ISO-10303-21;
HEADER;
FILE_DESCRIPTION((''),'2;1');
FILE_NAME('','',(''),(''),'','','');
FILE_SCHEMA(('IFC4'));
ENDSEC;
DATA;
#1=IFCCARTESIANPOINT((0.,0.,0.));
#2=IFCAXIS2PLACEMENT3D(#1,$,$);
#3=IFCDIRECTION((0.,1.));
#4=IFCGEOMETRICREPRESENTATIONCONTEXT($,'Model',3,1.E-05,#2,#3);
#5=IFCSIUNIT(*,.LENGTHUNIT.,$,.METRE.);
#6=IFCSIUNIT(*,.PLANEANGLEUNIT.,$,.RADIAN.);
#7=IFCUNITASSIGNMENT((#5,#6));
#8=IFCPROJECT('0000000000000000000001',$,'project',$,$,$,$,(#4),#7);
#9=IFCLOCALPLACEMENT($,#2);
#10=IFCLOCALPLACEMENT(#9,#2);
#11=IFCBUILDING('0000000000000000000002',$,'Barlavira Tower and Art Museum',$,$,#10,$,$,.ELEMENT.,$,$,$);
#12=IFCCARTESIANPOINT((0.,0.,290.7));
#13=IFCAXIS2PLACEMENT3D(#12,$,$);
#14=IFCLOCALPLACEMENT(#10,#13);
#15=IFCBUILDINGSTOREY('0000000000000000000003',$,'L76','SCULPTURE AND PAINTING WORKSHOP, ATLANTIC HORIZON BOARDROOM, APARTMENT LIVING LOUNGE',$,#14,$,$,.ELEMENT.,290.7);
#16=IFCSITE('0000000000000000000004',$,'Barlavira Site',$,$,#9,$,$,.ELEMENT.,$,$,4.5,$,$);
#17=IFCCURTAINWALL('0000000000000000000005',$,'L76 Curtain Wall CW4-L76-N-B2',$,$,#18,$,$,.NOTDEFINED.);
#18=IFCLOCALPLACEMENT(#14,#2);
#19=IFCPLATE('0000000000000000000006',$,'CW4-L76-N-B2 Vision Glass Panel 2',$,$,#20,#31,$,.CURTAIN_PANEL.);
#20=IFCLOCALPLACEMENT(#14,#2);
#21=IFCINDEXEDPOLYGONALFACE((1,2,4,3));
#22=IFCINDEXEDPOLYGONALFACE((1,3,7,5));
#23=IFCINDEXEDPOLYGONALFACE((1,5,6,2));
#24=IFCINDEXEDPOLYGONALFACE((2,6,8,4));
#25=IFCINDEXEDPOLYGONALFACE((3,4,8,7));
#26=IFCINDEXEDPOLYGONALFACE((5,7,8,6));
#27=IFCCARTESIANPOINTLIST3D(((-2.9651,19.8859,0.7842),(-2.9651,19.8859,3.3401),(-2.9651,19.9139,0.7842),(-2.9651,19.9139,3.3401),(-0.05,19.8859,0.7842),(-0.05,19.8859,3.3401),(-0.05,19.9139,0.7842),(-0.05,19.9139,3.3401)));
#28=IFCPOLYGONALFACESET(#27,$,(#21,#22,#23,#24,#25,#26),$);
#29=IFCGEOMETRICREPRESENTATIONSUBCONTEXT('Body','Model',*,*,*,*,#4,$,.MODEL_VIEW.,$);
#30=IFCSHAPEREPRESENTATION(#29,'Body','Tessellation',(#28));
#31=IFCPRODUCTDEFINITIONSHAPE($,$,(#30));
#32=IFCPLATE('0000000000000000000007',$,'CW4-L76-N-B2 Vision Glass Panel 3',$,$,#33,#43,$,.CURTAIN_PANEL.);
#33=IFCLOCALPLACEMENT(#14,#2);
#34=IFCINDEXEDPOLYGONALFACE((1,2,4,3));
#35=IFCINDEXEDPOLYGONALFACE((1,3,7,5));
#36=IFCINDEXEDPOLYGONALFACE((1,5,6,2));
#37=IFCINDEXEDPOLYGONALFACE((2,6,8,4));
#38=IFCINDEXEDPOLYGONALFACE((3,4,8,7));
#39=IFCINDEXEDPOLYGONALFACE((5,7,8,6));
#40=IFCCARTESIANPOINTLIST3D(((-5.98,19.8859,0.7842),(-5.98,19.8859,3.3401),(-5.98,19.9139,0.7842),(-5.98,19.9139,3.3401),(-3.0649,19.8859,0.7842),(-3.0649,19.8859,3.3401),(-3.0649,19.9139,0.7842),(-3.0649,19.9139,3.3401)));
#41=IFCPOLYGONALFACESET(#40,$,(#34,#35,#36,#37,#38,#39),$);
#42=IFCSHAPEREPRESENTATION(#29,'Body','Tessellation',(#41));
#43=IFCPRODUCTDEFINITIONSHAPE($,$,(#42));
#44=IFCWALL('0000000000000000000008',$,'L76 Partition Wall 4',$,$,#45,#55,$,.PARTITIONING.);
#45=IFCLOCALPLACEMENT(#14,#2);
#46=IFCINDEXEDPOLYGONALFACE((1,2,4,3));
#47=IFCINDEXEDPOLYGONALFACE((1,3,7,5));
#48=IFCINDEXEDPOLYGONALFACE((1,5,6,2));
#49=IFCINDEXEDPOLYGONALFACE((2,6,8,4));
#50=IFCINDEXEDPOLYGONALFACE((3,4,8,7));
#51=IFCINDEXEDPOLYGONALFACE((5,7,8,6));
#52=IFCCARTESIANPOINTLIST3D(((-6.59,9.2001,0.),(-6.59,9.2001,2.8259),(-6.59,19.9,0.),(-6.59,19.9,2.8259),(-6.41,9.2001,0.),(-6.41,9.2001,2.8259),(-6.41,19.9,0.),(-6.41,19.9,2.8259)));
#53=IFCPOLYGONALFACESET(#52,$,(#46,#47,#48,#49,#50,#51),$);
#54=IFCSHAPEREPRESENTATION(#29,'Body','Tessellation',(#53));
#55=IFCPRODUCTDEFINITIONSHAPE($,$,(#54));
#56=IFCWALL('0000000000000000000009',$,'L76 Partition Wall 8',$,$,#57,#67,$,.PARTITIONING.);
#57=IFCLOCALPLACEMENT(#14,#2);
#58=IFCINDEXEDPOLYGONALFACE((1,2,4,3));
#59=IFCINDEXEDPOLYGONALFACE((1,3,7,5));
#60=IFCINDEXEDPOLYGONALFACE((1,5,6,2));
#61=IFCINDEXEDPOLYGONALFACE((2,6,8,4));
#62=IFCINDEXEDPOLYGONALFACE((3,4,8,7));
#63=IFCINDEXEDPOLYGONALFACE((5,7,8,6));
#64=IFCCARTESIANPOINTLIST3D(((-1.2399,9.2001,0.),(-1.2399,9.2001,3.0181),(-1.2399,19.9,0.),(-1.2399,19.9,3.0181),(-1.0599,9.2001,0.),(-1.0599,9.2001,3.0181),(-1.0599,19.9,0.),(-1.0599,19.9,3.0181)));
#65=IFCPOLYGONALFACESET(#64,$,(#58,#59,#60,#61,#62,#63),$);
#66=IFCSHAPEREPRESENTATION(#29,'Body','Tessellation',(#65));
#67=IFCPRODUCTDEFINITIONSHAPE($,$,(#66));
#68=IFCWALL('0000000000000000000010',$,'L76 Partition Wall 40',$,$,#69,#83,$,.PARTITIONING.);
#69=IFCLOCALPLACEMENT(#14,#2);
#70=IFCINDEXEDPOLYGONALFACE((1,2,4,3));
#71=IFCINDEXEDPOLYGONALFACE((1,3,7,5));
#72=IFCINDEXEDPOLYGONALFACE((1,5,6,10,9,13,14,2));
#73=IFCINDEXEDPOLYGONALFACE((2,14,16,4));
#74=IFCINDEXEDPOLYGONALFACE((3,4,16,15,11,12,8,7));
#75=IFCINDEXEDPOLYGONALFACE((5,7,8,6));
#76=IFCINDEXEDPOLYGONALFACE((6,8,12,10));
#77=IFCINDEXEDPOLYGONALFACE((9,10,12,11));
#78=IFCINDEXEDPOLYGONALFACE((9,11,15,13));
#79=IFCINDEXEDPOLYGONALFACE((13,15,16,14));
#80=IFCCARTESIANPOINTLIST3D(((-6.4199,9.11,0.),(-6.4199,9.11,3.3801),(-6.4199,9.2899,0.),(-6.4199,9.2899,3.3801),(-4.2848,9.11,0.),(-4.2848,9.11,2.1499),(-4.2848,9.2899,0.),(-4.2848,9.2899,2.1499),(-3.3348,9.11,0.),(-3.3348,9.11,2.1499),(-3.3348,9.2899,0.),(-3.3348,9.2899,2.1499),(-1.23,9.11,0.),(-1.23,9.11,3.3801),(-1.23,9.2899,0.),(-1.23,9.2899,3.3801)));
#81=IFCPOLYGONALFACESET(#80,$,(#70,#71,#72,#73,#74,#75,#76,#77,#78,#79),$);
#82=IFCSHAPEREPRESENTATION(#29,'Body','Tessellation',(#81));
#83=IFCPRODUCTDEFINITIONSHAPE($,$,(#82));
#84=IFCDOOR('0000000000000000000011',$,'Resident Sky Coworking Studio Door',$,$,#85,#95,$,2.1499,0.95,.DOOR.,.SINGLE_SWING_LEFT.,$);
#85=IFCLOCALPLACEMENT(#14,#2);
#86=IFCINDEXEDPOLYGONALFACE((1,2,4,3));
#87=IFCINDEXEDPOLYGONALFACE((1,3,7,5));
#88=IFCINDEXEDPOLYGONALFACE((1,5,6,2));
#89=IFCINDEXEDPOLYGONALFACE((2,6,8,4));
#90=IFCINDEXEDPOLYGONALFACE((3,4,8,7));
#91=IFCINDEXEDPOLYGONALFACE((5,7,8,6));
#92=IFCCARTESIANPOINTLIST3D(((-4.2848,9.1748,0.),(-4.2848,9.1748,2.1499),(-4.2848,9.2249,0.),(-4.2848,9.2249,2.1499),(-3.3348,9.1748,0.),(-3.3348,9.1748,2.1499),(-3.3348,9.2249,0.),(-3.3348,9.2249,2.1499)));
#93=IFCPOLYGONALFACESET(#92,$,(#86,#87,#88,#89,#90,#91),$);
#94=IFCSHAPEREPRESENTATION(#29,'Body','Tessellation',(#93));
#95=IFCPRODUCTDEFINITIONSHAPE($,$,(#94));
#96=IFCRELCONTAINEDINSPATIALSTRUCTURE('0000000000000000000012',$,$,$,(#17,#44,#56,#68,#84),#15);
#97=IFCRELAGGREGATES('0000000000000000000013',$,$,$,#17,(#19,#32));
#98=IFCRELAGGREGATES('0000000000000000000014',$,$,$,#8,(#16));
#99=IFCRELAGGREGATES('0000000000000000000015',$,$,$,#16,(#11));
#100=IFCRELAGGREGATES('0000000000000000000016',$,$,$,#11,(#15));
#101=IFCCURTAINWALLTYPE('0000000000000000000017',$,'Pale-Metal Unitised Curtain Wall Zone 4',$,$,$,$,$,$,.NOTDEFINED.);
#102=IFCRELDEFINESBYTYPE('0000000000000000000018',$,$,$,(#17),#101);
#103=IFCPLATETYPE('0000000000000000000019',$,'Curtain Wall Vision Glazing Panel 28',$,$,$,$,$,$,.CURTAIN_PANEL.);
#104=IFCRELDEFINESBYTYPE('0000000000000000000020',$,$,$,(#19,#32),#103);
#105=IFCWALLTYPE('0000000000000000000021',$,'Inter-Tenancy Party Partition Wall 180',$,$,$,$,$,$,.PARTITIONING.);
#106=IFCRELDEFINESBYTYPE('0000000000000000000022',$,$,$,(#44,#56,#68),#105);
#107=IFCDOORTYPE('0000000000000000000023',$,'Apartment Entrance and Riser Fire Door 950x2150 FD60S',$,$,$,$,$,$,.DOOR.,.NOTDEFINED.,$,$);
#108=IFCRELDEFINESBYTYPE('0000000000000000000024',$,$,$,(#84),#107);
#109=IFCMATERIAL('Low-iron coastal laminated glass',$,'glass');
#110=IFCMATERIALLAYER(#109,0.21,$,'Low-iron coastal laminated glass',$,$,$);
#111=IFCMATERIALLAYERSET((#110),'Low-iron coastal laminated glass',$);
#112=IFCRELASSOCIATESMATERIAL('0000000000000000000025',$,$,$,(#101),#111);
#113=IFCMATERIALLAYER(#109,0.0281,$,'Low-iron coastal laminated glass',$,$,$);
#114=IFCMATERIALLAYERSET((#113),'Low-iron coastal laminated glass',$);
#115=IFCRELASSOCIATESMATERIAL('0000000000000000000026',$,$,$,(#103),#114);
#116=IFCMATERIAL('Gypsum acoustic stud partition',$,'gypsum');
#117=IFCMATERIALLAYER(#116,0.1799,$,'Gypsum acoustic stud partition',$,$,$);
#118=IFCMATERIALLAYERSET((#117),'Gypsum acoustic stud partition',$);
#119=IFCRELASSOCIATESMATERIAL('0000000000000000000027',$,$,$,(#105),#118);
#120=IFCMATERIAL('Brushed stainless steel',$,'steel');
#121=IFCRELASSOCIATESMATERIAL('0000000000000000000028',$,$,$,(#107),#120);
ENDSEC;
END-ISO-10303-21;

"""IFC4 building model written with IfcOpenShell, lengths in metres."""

from ifc_helpers import new_model, si_unit, direction, frame, frame_2d, origin, origin_2d, place, context, subcontext, project, spatial, rectangle, extrude, material, layer, layer_set, type_object, element, fill, aggregate, save


model = new_model("IFC4")

# Units and contexts
model_context = context("Model", 3, precision=1e-05, world=origin(), true_north=direction((0.0, 1.0)))
body_context = subcontext(model_context, "Body", "Model", "MODEL_VIEW")
ifc_project = project(units=[si_unit("LENGTHUNIT", "METRE"), si_unit("PLANEANGLEUNIT", "RADIAN")], contexts=[model_context])

# Site, building, storey
site_placement = place(None, origin())
site = spatial("IfcSite", under=ifc_project, at=site_placement, Name="Barlavira Site", CompositionType="ELEMENT", RefElevation=4.5)
building_placement = place(site_placement, origin())
building = spatial("IfcBuilding", under=site, at=building_placement, Name="Barlavira Tower and Art Museum", CompositionType="ELEMENT")
storey_placement = place(building_placement, frame((0.0, 0.0, 290.7)))
storey = spatial("IfcBuildingStorey", under=building, at=storey_placement, Name="L76", Description="SCULPTURE AND PAINTING WORKSHOP, ATLANTIC HORIZON BOARDROOM, APARTMENT LIVING LOUNGE", CompositionType="ELEMENT", Elevation=290.7)

# Curtain wall
ifc_material_1 = material(Name="Low-iron coastal laminated glass", Category="glass")
ifc_layer_1 = layer(ifc_material_1, 0.21, Name="Low-iron coastal laminated glass")
ifc_layer_set_1 = layer_set([ifc_layer_1], Name="Low-iron coastal laminated glass")
curtain_wall_type = type_object("IfcCurtainWallType", Name="Pale-Metal Unitised Curtain Wall Zone 4", PredefinedType="NOTDEFINED", material=ifc_layer_set_1)
curtain_wall_placement = place(storey_placement, origin())
curtain_wall = element("IfcCurtainWall", 1, at=curtain_wall_placement, inside=storey, type_object=curtain_wall_type, Name="L76 Curtain Wall CW4-L76-N-B2", PredefinedType="NOTDEFINED")

# Plates
ifc_layer_2 = layer(ifc_material_1, 0.0281, Name="Low-iron coastal laminated glass")
ifc_layer_set_2 = layer_set([ifc_layer_2], Name="Low-iron coastal laminated glass")
plate_type_1 = type_object("IfcPlateType", Name="Curtain Wall Vision Glazing Panel 28", PredefinedType="CURTAIN_PANEL", material=ifc_layer_set_2)
plate_1_placement = place(storey_placement, frame((-1.5076, 19.8999, 0.7842), z_axis=(0.0, 0.0, 1.0), x_axis=(-1.0, 0.0, 0.0)))
plate_1 = element("IfcPlate", 2, at=plate_1_placement, type_object=plate_type_1, Name="CW4-L76-N-B2 Vision Glass Panel 2", PredefinedType="CURTAIN_PANEL", context=body_context, shape_type="SweptSolid", body=[
    extrude(rectangle(XDim=2.915, YDim=0.0281, at=origin_2d()), origin(), (0.0, 0.0, 1.0), 2.5559),
])
plate_2_placement = place(storey_placement, frame((-4.5225, 19.8999, 0.7842), z_axis=(0.0, 0.0, 1.0), x_axis=(-1.0, 0.0, 0.0)))
plate_2 = element("IfcPlate", 3, at=plate_2_placement, type_object=plate_type_1, Name="CW4-L76-N-B2 Vision Glass Panel 3", PredefinedType="CURTAIN_PANEL", context=body_context, shape_type="SweptSolid", body=[
    extrude(rectangle(XDim=2.915, YDim=0.0281, at=origin_2d()), origin(), (0.0, 0.0, 1.0), 2.5559),
])
aggregate(curtain_wall, [plate_1, plate_2])

# Walls
ifc_material_2 = material(Name="Gypsum acoustic stud partition", Category="gypsum")
ifc_layer_3 = layer(ifc_material_2, 0.1799, Name="Gypsum acoustic stud partition")
ifc_layer_set_3 = layer_set([ifc_layer_3], Name="Gypsum acoustic stud partition")
wall_type = type_object("IfcWallType", Name="Inter-Tenancy Party Partition Wall 180", PredefinedType="PARTITIONING", material=ifc_layer_set_3)
wall_1_placement = place(storey_placement, frame((-6.5, 9.2, 0.0), z_axis=(0.0, 0.0, 1.0), x_axis=(0.0, 1.0, 0.0)))
element("IfcWall", 4, at=wall_1_placement, inside=storey, type_object=wall_type, Name="L76 Partition Wall 4", PredefinedType="PARTITIONING", context=body_context, shape_type="SweptSolid", body=[
    extrude(rectangle(XDim=10.7, YDim=0.1799, at=frame_2d((5.3501, 0.0))), origin(), (0.0, 0.0, 1.0), 2.8259),
])
wall_2_placement = place(storey_placement, frame((-1.1499, 9.2, 0.0), z_axis=(0.0, 0.0, 1.0), x_axis=(0.0, 1.0, 0.0)))
element("IfcWall", 5, at=wall_2_placement, inside=storey, type_object=wall_type, Name="L76 Partition Wall 8", PredefinedType="PARTITIONING", context=body_context, shape_type="SweptSolid", body=[
    extrude(rectangle(XDim=10.7, YDim=0.1799, at=frame_2d((5.3501, 0.0))), origin(), (0.0, 0.0, 1.0), 3.0181),
])

# Wall, opening, door
wall_3_placement = place(storey_placement, frame((-6.4199, 9.2, 0.0), z_axis=(0.0, 0.0, 1.0), x_axis=(1.0, 0.0, 0.0)))
wall_3 = element("IfcWall", 6, at=wall_3_placement, inside=storey, type_object=wall_type, Name="L76 Partition Wall 40", PredefinedType="PARTITIONING", context=body_context, shape_type="SweptSolid", body=[
    extrude(rectangle(XDim=5.1899, YDim=0.1799, at=frame_2d((2.595, 0.0))), origin(), (0.0, 0.0, 1.0), 3.3801),
])
opening_placement = place(wall_3_placement, frame((2.135, 0.0, 0.0)))
opening = element("IfcOpeningElement", 7, at=opening_placement, cuts=wall_3, PredefinedType="OPENING", context=body_context, shape_type="SweptSolid", body=[
    extrude(rectangle(XDim=0.95, YDim=2.1499, at=frame_2d((0.4751, 1.075))), frame((0.0, 0.1001, 0.0), z_axis=(0.0, -1.0, 0.0), x_axis=(1.0, 0.0, 0.0)), (0.0, 0.0, 1.0), 0.2),
])
ifc_material_3 = material(Name="Brushed stainless steel", Category="steel")
door_type = type_object("IfcDoorType", Name="Apartment Entrance and Riser Fire Door 950x2150 FD60S", OperationType="NOTDEFINED", PredefinedType="DOOR", material=ifc_material_3)
door_placement = place(opening_placement, origin())
door = element("IfcDoor", 8, at=door_placement, inside=storey, type_object=door_type, Name="Resident Sky Coworking Studio Door", OperationType="SINGLE_SWING_LEFT", OverallHeight=2.1499, OverallWidth=0.95, PredefinedType="DOOR", context=body_context, shape_type="SweptSolid", body=[
    extrude(rectangle(XDim=0.95, YDim=2.1499, at=frame_2d((0.4751, 1.075))), frame((0.0, 0.0249, 0.0), z_axis=(0.0, -1.0, 0.0), x_axis=(1.0, 0.0, 0.0)), (0.0, 0.0, 1.0), 0.05),
])
fill(opening, door)

save(model, "model.ifc")
